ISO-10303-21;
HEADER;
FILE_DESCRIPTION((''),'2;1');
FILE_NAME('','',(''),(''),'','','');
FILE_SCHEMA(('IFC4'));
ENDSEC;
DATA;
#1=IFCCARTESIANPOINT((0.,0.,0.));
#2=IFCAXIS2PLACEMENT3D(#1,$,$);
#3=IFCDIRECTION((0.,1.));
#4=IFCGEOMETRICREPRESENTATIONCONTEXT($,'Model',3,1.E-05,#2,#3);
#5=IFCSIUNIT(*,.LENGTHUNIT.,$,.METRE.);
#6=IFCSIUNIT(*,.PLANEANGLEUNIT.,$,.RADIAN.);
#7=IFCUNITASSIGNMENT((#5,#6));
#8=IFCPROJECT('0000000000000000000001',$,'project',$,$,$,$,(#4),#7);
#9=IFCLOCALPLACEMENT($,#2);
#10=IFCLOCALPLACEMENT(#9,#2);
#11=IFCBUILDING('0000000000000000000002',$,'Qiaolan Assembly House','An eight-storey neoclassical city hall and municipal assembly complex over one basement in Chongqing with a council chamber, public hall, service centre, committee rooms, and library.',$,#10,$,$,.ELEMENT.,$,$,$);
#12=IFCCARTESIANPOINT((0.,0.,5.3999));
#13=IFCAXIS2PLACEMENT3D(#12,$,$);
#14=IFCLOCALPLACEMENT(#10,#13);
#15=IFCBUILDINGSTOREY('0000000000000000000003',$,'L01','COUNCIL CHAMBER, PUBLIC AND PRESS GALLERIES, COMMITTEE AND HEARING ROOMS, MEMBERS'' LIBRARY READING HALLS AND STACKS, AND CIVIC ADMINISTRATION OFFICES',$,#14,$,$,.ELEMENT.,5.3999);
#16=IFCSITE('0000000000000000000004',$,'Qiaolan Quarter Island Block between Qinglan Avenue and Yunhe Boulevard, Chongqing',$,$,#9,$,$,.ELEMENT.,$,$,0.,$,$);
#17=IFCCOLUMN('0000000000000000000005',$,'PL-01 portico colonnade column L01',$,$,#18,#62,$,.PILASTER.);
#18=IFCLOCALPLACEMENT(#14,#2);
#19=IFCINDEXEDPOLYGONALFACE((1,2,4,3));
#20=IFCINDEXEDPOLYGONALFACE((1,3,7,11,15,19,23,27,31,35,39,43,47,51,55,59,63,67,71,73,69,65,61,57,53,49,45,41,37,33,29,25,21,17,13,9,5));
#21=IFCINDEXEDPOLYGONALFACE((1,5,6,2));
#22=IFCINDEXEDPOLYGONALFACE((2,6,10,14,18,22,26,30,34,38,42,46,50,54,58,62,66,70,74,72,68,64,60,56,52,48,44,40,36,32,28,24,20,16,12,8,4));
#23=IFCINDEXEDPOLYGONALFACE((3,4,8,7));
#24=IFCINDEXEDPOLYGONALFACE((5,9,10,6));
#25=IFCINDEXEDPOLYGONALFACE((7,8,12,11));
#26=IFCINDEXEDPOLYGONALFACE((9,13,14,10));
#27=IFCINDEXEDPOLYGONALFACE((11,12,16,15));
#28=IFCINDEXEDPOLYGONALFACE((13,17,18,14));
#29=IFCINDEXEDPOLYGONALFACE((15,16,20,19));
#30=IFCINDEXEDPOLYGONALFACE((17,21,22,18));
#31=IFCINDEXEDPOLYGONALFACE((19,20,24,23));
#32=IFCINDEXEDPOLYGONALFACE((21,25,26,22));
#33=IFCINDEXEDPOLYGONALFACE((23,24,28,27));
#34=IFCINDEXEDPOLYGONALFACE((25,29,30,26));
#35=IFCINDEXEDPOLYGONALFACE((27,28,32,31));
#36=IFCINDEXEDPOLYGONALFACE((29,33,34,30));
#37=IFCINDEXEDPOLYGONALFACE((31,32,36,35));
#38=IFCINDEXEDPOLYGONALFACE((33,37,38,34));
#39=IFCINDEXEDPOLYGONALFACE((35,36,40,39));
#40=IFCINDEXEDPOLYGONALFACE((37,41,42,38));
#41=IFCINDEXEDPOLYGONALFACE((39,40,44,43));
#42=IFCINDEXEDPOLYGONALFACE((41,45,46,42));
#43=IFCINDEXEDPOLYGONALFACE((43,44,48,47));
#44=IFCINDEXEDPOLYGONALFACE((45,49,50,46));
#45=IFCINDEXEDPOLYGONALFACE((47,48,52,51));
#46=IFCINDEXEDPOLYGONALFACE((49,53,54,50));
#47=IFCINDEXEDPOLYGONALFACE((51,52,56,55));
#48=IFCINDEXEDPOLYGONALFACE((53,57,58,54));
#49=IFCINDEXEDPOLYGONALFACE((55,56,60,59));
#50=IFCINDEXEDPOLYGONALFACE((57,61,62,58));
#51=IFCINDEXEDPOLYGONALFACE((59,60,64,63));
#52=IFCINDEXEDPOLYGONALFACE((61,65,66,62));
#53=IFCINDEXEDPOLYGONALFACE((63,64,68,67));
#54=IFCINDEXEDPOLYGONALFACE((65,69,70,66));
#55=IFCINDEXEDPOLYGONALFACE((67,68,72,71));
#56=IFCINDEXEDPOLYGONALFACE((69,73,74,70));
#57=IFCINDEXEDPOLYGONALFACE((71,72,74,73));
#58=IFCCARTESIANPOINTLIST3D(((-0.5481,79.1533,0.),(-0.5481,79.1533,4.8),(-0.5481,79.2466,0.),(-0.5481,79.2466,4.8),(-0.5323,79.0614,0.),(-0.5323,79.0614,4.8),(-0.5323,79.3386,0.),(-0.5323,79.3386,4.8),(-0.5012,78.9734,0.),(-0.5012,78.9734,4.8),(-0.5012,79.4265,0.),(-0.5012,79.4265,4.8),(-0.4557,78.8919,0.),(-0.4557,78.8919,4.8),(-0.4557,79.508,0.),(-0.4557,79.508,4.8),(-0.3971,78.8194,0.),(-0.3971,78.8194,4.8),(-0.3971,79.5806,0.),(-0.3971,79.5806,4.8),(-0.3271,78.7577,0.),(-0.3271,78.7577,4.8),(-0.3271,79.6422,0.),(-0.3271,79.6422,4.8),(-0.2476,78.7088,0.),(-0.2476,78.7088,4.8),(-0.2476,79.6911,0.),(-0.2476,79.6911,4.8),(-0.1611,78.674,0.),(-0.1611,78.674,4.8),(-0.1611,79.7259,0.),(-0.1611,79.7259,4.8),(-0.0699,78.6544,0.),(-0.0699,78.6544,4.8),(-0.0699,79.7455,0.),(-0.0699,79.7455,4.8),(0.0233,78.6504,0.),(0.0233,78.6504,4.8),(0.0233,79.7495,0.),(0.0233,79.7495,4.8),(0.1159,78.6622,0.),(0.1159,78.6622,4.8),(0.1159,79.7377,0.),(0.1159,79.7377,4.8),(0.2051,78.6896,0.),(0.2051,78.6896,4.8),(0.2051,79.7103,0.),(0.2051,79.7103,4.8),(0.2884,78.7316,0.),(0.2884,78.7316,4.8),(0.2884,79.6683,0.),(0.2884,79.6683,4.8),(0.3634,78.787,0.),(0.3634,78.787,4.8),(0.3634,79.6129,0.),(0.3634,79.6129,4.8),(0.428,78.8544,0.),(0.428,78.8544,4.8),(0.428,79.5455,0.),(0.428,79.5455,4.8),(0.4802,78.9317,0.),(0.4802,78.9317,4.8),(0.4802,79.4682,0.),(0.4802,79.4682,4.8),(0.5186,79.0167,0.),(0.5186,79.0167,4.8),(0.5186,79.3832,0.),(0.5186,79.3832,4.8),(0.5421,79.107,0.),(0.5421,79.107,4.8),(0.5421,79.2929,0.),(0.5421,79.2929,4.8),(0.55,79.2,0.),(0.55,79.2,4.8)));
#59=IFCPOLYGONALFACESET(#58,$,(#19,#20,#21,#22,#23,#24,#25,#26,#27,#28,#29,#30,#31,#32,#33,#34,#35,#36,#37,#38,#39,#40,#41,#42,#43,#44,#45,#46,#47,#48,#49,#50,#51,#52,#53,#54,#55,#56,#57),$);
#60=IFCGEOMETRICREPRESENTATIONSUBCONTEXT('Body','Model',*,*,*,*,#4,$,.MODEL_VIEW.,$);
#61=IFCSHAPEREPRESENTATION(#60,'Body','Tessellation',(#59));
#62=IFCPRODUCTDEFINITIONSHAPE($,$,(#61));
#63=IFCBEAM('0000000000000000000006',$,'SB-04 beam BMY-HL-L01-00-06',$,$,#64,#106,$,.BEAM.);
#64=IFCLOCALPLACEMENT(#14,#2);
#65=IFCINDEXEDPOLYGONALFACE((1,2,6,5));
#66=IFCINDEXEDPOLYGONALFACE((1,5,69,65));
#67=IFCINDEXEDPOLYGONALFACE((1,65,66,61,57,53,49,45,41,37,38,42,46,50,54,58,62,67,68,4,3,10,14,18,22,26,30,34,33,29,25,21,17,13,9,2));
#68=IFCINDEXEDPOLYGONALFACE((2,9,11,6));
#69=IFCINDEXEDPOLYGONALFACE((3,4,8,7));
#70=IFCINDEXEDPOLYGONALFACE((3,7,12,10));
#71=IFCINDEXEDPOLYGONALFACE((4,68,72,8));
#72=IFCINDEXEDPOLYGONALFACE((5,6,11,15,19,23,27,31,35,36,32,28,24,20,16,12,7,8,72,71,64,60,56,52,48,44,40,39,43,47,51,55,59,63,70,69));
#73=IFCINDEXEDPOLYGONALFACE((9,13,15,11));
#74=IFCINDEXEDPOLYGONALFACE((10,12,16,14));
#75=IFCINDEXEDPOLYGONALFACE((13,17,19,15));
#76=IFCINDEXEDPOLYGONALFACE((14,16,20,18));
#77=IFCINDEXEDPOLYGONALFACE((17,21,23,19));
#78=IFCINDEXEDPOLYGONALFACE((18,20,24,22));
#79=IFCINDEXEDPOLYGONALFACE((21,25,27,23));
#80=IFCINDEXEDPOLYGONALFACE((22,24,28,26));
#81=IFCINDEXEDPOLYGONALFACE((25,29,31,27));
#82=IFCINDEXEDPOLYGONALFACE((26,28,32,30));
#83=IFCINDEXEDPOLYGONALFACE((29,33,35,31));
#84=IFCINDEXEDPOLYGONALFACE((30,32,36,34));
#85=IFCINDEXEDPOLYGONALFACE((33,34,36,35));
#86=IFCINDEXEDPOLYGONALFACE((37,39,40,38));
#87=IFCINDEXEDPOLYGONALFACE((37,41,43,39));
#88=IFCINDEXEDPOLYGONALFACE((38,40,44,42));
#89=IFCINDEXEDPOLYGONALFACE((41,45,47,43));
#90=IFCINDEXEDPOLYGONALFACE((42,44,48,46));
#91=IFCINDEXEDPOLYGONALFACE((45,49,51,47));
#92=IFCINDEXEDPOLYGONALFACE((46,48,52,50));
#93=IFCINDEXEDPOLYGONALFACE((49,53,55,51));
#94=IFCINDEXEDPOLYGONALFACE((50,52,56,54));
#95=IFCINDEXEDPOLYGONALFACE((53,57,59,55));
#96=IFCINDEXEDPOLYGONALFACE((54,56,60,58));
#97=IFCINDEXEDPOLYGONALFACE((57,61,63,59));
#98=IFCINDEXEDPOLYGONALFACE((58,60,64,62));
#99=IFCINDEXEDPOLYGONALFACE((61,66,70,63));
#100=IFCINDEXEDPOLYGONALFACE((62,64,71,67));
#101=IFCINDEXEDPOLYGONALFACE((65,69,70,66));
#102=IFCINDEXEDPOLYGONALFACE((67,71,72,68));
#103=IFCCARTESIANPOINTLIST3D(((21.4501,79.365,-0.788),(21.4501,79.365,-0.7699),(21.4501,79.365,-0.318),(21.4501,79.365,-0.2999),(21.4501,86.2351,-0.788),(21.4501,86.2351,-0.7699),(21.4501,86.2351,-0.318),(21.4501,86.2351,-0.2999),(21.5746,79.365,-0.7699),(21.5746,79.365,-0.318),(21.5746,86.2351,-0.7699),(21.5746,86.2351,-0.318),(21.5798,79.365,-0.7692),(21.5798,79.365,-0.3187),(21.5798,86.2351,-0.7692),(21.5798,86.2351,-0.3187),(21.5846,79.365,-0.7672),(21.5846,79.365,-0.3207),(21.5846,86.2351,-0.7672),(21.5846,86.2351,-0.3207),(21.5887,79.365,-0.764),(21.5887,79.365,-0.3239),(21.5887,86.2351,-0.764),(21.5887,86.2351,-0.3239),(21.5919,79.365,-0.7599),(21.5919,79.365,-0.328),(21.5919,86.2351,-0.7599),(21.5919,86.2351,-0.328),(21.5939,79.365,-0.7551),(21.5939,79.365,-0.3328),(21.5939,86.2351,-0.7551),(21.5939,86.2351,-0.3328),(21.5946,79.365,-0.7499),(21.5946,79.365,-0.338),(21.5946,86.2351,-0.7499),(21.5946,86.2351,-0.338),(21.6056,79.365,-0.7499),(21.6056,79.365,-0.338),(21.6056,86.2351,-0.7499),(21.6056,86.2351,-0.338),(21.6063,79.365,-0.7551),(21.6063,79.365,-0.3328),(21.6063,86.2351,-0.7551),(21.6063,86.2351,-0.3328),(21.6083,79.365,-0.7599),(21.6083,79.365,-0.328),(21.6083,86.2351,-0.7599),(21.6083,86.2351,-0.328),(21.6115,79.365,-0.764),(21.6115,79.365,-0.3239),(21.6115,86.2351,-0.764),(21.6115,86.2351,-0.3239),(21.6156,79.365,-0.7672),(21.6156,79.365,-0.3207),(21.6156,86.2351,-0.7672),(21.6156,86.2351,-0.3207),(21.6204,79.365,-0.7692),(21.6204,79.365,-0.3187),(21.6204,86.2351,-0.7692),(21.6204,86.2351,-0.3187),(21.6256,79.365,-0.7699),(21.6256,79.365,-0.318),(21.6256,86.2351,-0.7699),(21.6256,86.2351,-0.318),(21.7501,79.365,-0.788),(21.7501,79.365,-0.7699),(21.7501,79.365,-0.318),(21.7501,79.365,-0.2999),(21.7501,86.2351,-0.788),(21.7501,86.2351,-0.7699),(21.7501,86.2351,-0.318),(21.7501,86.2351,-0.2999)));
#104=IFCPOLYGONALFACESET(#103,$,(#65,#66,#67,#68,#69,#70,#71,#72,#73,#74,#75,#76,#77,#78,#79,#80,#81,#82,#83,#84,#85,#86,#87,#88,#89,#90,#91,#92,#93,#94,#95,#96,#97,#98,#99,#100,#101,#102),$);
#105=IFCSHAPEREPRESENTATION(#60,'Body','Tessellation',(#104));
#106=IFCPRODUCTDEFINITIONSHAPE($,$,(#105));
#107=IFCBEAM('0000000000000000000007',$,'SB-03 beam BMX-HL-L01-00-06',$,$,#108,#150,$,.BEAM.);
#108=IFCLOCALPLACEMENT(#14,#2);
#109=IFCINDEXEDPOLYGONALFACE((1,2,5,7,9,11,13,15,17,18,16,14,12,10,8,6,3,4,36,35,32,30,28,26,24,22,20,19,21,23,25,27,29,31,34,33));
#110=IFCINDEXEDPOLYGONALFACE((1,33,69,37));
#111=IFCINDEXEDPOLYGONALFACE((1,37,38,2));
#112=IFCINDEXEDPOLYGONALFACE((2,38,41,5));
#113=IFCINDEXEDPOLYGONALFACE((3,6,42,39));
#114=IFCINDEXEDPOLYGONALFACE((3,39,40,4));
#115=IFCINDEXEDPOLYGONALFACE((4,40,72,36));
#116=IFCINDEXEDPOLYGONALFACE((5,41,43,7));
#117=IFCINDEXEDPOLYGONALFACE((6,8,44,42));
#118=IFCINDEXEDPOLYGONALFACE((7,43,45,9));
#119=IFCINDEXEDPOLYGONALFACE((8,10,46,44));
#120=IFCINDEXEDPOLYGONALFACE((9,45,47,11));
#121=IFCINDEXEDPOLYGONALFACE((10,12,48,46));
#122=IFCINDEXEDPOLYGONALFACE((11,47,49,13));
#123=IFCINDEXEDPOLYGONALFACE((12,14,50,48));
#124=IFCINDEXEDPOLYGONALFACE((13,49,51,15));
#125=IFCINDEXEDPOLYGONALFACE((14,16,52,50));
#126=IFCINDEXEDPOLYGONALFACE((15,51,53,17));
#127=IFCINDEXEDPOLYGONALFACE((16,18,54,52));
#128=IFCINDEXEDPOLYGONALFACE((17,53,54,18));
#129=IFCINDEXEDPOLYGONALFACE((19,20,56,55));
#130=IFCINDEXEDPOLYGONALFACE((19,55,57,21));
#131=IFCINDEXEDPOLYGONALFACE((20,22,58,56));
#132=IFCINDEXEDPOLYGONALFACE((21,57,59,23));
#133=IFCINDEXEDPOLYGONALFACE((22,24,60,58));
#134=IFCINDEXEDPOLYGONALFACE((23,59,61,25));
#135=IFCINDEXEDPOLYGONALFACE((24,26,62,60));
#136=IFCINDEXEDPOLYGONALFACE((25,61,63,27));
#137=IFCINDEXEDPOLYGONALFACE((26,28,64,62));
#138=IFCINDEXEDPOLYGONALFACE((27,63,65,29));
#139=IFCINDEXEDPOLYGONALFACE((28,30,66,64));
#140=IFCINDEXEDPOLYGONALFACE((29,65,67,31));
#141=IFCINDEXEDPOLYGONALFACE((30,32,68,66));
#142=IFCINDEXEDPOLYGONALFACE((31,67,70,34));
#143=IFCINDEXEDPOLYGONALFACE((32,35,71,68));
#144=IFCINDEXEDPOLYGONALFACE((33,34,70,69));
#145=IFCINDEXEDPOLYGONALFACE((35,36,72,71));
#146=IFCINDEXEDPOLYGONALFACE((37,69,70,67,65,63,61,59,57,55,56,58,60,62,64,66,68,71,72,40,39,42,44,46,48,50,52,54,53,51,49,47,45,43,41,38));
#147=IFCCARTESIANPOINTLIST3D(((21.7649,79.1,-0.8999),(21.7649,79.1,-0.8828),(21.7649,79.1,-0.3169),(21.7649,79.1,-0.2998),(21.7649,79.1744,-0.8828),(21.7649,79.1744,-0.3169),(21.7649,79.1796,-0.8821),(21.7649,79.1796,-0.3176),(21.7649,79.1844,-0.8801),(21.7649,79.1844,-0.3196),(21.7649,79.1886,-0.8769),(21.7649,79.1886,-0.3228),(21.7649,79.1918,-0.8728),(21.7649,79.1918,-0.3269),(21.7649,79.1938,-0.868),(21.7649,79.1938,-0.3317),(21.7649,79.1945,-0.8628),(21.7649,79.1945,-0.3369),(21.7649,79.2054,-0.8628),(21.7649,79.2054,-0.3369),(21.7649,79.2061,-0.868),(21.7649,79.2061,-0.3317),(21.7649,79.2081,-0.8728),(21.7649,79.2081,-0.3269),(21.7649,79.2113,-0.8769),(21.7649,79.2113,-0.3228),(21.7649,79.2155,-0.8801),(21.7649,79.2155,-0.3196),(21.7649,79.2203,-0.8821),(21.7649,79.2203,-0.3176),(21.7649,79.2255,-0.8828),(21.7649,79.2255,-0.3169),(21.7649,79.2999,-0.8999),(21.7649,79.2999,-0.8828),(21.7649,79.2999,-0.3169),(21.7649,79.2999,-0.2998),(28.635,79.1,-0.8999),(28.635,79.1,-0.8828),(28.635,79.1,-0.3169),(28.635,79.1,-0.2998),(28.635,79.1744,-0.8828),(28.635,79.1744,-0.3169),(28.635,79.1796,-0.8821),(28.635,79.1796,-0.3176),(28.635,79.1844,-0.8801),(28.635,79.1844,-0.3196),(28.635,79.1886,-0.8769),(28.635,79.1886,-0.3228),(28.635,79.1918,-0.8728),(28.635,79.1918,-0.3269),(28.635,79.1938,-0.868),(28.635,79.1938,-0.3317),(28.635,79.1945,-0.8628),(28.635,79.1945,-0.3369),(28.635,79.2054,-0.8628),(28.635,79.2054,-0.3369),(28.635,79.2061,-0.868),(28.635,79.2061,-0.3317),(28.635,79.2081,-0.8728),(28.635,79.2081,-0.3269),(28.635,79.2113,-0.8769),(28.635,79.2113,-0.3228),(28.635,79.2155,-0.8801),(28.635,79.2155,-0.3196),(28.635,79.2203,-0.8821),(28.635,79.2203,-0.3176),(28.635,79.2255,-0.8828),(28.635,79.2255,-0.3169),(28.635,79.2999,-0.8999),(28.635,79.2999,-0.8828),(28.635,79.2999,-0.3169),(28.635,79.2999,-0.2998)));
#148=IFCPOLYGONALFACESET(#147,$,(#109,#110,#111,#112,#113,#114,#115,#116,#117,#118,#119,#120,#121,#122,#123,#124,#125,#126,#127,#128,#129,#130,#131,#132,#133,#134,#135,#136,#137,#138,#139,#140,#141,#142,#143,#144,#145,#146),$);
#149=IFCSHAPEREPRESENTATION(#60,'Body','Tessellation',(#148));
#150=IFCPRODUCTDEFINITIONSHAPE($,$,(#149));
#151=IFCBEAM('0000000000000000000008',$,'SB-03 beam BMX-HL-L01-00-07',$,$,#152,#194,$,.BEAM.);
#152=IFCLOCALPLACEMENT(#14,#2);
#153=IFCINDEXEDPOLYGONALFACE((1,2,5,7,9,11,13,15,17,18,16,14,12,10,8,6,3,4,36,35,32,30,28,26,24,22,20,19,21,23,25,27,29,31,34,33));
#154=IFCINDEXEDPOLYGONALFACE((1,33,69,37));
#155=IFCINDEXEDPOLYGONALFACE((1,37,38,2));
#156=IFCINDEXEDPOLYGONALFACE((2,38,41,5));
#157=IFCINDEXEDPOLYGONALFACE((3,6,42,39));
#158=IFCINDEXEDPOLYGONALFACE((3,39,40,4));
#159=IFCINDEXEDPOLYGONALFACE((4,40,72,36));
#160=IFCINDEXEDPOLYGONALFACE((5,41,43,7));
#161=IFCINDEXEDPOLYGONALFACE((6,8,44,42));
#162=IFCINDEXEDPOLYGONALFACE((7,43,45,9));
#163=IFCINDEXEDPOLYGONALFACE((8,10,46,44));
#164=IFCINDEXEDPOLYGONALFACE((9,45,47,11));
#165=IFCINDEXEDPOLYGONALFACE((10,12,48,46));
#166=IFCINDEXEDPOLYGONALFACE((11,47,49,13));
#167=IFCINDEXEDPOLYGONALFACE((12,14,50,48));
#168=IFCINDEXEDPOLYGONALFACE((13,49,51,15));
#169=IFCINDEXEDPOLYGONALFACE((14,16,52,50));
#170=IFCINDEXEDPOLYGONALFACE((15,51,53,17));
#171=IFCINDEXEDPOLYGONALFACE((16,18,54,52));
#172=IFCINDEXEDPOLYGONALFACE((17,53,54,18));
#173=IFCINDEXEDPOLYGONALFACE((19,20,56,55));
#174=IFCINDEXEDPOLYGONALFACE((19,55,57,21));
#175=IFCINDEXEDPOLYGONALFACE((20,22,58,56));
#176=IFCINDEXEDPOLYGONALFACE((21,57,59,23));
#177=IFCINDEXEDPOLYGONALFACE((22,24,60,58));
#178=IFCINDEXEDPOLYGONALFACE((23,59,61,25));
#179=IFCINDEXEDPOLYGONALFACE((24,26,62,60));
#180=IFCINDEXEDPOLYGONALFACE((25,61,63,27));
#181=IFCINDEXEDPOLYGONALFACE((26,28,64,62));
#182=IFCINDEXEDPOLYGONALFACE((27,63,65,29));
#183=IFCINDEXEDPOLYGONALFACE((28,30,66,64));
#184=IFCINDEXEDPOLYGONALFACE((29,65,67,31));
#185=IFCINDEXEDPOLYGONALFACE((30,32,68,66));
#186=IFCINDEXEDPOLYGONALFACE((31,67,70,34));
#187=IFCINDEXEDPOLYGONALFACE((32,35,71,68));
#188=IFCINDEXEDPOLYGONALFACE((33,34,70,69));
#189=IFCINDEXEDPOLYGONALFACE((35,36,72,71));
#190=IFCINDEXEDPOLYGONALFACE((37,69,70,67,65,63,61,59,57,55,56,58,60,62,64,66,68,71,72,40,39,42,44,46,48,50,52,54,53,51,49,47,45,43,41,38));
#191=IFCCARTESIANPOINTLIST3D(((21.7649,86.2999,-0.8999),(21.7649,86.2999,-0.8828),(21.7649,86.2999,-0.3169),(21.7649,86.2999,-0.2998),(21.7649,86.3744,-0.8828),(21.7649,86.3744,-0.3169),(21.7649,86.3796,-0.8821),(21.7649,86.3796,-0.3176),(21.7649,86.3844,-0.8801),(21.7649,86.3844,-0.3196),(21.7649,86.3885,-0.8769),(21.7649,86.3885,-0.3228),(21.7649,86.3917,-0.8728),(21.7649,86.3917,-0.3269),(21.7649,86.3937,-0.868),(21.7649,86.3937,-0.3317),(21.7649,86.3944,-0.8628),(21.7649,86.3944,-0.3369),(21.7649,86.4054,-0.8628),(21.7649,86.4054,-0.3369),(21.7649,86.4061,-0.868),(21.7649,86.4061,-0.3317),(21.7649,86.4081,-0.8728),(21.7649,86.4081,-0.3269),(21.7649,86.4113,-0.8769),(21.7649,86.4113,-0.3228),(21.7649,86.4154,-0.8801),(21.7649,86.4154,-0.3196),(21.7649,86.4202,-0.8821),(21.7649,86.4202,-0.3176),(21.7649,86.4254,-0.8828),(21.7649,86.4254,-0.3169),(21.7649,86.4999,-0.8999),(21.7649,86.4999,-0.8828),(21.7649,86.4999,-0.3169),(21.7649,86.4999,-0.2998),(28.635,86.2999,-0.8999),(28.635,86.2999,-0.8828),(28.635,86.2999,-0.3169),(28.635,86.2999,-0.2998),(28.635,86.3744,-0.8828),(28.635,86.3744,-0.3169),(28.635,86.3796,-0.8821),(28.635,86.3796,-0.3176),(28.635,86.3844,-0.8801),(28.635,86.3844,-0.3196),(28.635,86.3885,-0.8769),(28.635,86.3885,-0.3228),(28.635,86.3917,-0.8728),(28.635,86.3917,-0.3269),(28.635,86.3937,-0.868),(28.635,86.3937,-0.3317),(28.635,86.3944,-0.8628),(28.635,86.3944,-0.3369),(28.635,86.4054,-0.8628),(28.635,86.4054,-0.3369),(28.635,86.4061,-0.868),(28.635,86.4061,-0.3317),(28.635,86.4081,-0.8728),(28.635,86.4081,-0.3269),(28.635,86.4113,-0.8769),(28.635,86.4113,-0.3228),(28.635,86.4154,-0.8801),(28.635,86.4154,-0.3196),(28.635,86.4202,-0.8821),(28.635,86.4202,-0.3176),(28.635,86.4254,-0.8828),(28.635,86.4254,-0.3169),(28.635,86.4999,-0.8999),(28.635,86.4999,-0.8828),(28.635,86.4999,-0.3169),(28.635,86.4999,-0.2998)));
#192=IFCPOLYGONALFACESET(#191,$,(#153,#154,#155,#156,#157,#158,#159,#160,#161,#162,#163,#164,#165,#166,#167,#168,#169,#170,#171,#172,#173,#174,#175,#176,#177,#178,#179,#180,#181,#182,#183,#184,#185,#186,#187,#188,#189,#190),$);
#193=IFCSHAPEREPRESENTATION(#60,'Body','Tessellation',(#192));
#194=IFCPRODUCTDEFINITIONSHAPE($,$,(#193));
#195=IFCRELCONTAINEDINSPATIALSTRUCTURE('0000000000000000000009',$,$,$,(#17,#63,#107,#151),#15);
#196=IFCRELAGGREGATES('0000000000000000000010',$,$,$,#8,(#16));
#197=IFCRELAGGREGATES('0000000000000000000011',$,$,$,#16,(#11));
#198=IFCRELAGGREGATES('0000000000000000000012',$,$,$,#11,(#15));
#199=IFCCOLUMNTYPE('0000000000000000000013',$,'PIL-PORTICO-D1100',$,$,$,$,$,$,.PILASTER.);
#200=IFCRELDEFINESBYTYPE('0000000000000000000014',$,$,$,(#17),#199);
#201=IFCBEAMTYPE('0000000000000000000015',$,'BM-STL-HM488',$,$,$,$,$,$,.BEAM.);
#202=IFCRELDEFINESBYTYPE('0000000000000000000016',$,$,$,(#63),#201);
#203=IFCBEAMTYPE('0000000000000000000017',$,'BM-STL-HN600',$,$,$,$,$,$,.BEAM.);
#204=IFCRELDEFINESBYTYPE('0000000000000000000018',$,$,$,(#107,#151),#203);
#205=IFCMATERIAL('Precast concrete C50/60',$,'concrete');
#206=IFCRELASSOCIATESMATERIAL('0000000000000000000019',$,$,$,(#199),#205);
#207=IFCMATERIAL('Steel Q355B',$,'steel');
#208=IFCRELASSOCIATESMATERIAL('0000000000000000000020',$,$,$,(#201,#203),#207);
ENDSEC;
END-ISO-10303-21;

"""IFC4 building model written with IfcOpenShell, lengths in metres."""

from ifc_helpers import new_model, si_unit, direction, frame, origin, origin_2d, place, context, subcontext, project, spatial, circle, i_section, extrude, material, material_profile, profile_set, type_object, element, save


model = new_model("IFC4")

# Units and contexts
model_context = context("Model", 3, precision=1e-05, world=origin(), true_north=direction((0.0, 1.0)))
body_context = subcontext(model_context, "Body", "Model", "MODEL_VIEW")
ifc_project = project(units=[si_unit("LENGTHUNIT", "METRE"), si_unit("PLANEANGLEUNIT", "RADIAN")], contexts=[model_context])

# Site, building, storey
site_placement = place(None, origin())
site = spatial("IfcSite", under=ifc_project, at=site_placement, Name="Qiaolan Quarter Island Block between Qinglan Avenue and Yunhe Boulevard, Chongqing", CompositionType="ELEMENT", RefElevation=0.0)
building_placement = place(site_placement, origin())
building = spatial("IfcBuilding", under=site, at=building_placement, Name="Qiaolan Assembly House", Description="An eight-storey neoclassical city hall and municipal assembly complex over one basement in Chongqing with a council chamber, public hall, service centre, committee rooms, and library.", CompositionType="ELEMENT")
storey_placement = place(building_placement, frame((0.0, 0.0, 5.3999)))
storey = spatial("IfcBuildingStorey", under=building, at=storey_placement, Name="L01", Description="COUNCIL CHAMBER, PUBLIC AND PRESS GALLERIES, COMMITTEE AND HEARING ROOMS, MEMBERS' LIBRARY READING HALLS AND STACKS, AND CIVIC ADMINISTRATION OFFICES", CompositionType="ELEMENT", Elevation=5.3999)

# Column
ifc_material_1 = material(Name="Steel Q355B", Category="steel")
ifc_material_2 = material(Name="Precast concrete C50/60", Category="concrete")
ifc_material_profile_1 = material_profile(ifc_material_2, circle(Radius=0.55, at=origin_2d()), Name="CIRC D1100")
ifc_profile_set_1 = profile_set([ifc_material_profile_1], Name="Precast concrete C50/60")
column_type_1 = type_object("IfcColumnType", Name="PIL-PORTICO-D1100", PredefinedType="PILASTER", material=ifc_profile_set_1)
column_placement = place(storey_placement, frame((0.0, 79.2, 0.0), z_axis=(0.0, 0.0, 1.0), x_axis=(1.0, 0.0, 0.0)))
element("IfcColumn", 1, at=column_placement, inside=storey, type_object=column_type_1, Name="PL-01 portico colonnade column L01", PredefinedType="PILASTER", context=body_context, shape_type="SweptSolid", body=[
    extrude(circle(Radius=0.55, at=origin_2d()), origin(), (0.0, 0.0, 1.0), 4.8),
])

# Beams
ifc_material_profile_2 = material_profile(ifc_material_1, i_section(OverallWidth=0.3, OverallDepth=0.488, WebThickness=0.011, FlangeThickness=0.0181, FilletRadius=0.02, at=origin_2d()), Name="HM 488x300x11x18")
ifc_profile_set_2 = profile_set([ifc_material_profile_2], Name="Steel Q355B")
beam_type_1 = type_object("IfcBeamType", Name="BM-STL-HM488", PredefinedType="BEAM", material=ifc_profile_set_2)
beam_placement = place(storey_placement, frame((21.6001, 79.365, -0.5439), z_axis=(0.0, 1.0, 0.0), x_axis=(-1.0, 0.0, 0.0)))
element("IfcBeam", 2, at=beam_placement, inside=storey, type_object=beam_type_1, Name="SB-04 beam BMY-HL-L01-00-06", PredefinedType="BEAM", context=body_context, shape_type="SweptSolid", body=[
    extrude(i_section(OverallWidth=0.3, OverallDepth=0.488, WebThickness=0.011, FlangeThickness=0.0181, FilletRadius=0.02, at=origin_2d()), origin(), (0.0, 0.0, 1.0), 6.8701),
])
ifc_material_profile_3 = material_profile(ifc_material_1, i_section(OverallWidth=0.2, OverallDepth=0.6001, WebThickness=0.011, FlangeThickness=0.0171, FilletRadius=0.02, at=origin_2d()), Name="HN 600x200x11x17")
ifc_profile_set_3 = profile_set([ifc_material_profile_3], Name="Steel Q355B")
beam_type_2 = type_object("IfcBeamType", Name="BM-STL-HN600", PredefinedType="BEAM", material=ifc_profile_set_3)
for number, where, z_axis, x_axis, name in (
    (3, (21.7649, 79.2, -0.5999), (1.0, 0.0, 0.0), (0.0, 1.0, 0.0), "SB-03 beam BMX-HL-L01-00-06"),
    (4, (21.7649, 86.3999, -0.5999), (1.0, 0.0, 0.0), (0.0, 1.0, 0.0), "SB-03 beam BMX-HL-L01-00-07"),
):
    element("IfcBeam", number, at=place(storey_placement, frame(where, z_axis=z_axis, x_axis=x_axis)), inside=storey, type_object=beam_type_2, Name=name, PredefinedType="BEAM", context=body_context, shape_type="SweptSolid", body=[
        extrude(i_section(OverallWidth=0.2, OverallDepth=0.6001, WebThickness=0.011, FlangeThickness=0.0171, FilletRadius=0.02, at=origin_2d()), origin(), (0.0, 0.0, 1.0), 6.8701),
    ])

save(model, "model.ifc")
